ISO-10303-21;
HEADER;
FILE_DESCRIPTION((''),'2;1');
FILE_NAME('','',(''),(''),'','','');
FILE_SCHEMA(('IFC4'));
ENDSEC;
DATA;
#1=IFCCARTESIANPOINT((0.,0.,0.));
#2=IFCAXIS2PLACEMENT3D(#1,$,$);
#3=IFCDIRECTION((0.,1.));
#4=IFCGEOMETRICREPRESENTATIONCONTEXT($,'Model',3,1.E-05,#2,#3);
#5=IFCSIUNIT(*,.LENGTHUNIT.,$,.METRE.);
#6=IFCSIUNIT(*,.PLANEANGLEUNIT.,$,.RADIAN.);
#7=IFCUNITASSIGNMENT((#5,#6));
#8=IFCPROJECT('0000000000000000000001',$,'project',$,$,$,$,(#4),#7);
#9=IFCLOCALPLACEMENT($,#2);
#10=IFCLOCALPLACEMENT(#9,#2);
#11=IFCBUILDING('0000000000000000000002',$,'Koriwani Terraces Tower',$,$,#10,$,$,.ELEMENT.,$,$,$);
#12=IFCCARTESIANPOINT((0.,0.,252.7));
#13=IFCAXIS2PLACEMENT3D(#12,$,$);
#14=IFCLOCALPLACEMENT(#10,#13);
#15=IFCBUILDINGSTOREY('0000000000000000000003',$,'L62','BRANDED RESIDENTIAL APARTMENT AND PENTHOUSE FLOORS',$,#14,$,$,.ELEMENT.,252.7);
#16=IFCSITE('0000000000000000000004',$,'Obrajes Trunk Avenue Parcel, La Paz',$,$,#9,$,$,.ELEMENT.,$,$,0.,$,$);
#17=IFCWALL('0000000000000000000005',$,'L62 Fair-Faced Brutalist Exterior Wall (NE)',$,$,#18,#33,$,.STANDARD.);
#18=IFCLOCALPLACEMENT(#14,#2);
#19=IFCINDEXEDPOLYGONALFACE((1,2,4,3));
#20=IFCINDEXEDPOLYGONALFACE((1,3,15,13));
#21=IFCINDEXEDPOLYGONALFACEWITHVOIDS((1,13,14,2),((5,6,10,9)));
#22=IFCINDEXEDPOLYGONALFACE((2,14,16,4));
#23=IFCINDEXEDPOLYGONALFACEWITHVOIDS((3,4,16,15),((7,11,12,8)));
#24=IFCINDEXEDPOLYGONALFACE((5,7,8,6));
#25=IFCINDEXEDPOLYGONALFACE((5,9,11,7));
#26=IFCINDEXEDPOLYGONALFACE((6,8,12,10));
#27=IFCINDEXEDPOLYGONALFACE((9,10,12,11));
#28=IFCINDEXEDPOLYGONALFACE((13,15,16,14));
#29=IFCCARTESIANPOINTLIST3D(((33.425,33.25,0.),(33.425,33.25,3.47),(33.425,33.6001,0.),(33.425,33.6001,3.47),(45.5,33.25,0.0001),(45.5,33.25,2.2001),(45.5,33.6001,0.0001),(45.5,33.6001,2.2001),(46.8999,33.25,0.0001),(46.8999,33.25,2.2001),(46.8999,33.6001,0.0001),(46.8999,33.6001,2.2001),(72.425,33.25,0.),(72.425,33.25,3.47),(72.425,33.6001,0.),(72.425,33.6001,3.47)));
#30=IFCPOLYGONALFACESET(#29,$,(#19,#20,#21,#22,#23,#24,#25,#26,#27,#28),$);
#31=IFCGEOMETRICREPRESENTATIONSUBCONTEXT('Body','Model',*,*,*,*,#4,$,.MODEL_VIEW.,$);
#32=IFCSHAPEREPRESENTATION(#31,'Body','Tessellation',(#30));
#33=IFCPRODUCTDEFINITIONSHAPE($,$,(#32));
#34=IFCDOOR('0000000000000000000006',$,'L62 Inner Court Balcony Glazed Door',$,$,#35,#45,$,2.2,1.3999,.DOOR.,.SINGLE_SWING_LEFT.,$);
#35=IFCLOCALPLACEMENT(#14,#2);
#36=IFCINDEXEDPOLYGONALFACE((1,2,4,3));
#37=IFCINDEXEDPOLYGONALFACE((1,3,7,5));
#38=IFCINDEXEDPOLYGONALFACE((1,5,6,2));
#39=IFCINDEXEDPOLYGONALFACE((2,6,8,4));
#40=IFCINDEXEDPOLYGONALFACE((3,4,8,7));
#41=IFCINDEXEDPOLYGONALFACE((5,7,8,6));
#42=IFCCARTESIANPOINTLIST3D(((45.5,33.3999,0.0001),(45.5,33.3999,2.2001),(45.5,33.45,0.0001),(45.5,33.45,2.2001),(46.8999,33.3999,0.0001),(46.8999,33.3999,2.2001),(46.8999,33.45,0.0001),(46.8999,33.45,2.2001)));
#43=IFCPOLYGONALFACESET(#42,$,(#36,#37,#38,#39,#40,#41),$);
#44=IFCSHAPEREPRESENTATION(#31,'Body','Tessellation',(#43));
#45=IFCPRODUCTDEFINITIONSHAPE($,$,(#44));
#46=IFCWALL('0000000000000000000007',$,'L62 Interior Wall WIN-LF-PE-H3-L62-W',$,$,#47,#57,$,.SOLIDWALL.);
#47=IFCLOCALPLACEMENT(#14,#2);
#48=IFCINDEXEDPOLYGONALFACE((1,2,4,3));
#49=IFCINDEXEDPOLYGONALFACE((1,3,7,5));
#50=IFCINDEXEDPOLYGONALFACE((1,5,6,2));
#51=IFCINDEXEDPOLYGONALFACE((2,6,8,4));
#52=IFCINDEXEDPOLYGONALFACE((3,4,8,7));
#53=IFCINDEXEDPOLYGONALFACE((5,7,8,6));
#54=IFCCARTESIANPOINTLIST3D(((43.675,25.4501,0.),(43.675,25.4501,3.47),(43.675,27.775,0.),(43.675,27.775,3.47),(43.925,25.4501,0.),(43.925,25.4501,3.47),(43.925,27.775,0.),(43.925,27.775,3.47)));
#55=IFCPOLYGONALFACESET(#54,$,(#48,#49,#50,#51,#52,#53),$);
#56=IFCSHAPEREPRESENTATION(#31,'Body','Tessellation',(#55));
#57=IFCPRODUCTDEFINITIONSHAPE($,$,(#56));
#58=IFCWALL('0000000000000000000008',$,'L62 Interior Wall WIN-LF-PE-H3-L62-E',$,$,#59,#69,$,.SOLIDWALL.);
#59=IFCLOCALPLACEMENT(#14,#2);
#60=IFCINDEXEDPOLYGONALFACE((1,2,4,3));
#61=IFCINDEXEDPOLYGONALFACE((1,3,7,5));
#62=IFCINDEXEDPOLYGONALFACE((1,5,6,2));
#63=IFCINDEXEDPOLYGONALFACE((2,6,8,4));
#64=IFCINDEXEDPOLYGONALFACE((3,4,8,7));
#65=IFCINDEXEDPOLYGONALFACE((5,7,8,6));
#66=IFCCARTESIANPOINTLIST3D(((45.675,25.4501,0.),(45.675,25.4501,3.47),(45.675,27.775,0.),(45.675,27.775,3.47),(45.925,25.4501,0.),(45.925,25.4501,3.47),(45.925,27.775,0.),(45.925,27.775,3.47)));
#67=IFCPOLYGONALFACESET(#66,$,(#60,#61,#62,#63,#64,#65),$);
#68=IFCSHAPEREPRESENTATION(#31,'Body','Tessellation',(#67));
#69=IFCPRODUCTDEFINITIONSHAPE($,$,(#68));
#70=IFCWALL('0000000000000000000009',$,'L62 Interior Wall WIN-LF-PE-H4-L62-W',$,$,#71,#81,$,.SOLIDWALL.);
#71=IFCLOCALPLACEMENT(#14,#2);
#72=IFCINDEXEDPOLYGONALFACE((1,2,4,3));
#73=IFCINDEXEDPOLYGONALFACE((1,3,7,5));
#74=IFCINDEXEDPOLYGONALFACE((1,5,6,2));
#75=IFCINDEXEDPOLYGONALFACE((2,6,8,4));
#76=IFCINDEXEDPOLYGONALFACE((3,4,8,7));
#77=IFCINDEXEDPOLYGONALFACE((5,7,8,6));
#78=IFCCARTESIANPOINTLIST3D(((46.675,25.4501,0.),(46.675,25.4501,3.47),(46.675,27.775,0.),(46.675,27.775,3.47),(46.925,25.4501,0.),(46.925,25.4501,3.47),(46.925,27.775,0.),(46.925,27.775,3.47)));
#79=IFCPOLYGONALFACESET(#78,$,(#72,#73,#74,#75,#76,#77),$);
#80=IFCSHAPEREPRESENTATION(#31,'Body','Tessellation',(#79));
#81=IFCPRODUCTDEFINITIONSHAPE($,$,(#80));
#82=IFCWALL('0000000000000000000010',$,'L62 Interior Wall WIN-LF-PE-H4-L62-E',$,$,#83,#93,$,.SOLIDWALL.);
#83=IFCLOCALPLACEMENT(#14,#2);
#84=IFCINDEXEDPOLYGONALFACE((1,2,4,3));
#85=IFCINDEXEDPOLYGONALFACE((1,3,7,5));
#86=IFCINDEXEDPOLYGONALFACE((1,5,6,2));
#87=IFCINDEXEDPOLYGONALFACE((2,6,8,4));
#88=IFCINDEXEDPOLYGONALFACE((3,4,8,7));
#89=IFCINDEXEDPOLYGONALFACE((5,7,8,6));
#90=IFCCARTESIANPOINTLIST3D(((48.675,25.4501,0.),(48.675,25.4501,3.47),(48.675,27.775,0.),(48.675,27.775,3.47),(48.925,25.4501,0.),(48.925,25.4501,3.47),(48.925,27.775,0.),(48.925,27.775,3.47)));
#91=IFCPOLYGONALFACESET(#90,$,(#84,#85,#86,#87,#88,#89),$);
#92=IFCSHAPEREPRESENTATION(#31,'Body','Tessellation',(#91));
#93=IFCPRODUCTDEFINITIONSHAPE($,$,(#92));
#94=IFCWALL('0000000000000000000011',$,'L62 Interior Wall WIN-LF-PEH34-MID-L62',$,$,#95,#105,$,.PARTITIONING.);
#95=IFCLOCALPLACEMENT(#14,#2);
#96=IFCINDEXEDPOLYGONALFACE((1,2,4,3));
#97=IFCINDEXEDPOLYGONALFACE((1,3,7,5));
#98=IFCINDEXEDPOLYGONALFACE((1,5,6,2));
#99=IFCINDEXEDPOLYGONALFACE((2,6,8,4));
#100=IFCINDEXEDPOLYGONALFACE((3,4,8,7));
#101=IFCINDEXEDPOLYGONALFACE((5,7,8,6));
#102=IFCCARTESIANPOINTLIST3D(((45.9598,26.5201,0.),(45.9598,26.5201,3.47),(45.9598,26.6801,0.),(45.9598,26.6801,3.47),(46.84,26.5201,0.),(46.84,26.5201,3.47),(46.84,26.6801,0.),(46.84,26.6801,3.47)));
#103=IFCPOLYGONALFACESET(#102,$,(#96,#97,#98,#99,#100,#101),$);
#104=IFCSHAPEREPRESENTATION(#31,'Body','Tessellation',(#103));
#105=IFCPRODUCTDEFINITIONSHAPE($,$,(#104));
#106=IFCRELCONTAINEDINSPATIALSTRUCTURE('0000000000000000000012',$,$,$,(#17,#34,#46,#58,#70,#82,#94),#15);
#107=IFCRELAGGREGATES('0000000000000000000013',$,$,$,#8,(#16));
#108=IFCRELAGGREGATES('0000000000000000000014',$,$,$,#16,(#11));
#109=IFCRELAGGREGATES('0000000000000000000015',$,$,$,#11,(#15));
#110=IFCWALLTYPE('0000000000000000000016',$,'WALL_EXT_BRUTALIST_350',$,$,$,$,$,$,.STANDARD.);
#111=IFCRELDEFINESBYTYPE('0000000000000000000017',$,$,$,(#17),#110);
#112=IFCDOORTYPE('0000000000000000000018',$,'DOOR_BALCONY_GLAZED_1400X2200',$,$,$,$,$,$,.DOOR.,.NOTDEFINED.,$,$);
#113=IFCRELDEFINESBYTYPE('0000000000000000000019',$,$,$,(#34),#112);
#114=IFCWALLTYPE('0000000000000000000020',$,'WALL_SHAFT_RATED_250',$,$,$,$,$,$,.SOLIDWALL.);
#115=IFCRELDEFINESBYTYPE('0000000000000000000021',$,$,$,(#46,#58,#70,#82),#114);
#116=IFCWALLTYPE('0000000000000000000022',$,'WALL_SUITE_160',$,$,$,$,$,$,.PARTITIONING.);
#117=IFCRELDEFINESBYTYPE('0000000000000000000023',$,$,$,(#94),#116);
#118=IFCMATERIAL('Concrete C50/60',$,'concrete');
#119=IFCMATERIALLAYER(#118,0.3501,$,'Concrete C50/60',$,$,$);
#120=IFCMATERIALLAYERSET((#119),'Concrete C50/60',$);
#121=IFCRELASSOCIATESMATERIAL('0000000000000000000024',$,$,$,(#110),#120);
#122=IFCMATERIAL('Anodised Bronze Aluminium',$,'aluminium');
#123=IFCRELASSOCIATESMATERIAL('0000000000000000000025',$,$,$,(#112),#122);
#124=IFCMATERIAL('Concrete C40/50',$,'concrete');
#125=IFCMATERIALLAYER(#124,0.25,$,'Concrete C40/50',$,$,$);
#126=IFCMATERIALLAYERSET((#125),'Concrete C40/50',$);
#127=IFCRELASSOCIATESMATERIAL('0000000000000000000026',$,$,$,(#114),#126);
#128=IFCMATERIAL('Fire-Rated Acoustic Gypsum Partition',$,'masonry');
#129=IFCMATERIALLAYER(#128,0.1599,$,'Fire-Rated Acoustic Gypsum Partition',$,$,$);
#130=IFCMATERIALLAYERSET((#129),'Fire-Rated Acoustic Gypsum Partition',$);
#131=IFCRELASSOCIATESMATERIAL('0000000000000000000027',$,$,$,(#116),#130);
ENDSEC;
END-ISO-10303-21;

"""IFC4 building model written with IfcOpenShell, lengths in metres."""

from ifc_helpers import new_model, si_unit, direction, frame, frame_2d, origin, place, context, subcontext, project, spatial, rectangle, extrude, material, layer, layer_set, type_object, element, fill, save


model = new_model("IFC4")

# Units and contexts
model_context = context("Model", 3, precision=1e-05, world=origin(), true_north=direction((0.0, 1.0)))
body_context = subcontext(model_context, "Body", "Model", "MODEL_VIEW")
ifc_project = project(units=[si_unit("LENGTHUNIT", "METRE"), si_unit("PLANEANGLEUNIT", "RADIAN")], contexts=[model_context])

# Site, building, storey
site_placement = place(None, origin())
site = spatial("IfcSite", under=ifc_project, at=site_placement, Name="Obrajes Trunk Avenue Parcel, La Paz", CompositionType="ELEMENT", RefElevation=0.0)
building_placement = place(site_placement, origin())
building = spatial("IfcBuilding", under=site, at=building_placement, Name="Koriwani Terraces Tower", CompositionType="ELEMENT")
storey_placement = place(building_placement, frame((0.0, 0.0, 252.7)))
storey = spatial("IfcBuildingStorey", under=building, at=storey_placement, Name="L62", Description="BRANDED RESIDENTIAL APARTMENT AND PENTHOUSE FLOORS", CompositionType="ELEMENT", Elevation=252.7)

# Shared definitions
ifc_material_1 = material(Name="Concrete C50/60", Category="concrete")

# Shared definitions
ifc_material_2 = material(Name="Concrete C40/50", Category="concrete")

# Wall, opening, door
ifc_layer_1 = layer(ifc_material_1, 0.3501, Name="Concrete C50/60")
ifc_layer_set_1 = layer_set([ifc_layer_1], Name="Concrete C50/60")
wall_type_1 = type_object("IfcWallType", Name="WALL_EXT_BRUTALIST_350", PredefinedType="STANDARD", material=ifc_layer_set_1)
wall_1_placement = place(storey_placement, frame((33.425, 33.425, 0.0), z_axis=(0.0, 0.0, 1.0), x_axis=(1.0, 0.0, 0.0)))
wall_1 = element("IfcWall", 1, at=wall_1_placement, inside=storey, type_object=wall_type_1, Name="L62 Fair-Faced Brutalist Exterior Wall (NE)", PredefinedType="STANDARD", context=body_context, shape_type="SweptSolid", body=[
    extrude(rectangle(XDim=39.0, YDim=0.3501, at=frame_2d((19.5, 0.0))), origin(), (0.0, 0.0, 1.0), 3.47),
])
opening_1_placement = place(wall_1_placement, frame((12.075, 0.0, 0.0)))
opening_1 = element("IfcOpeningElement", 2, at=opening_1_placement, cuts=wall_1, PredefinedType="OPENING", context=body_context, shape_type="SweptSolid", body=[
    extrude(rectangle(XDim=1.3999, YDim=2.2, at=frame_2d((0.7, 1.1001))), frame((0.0, 0.1851, 0.0), z_axis=(0.0, -1.0, 0.0), x_axis=(1.0, 0.0, 0.0)), (0.0, 0.0, 1.0), 0.3701),
])
ifc_material_3 = material(Name="Anodised Bronze Aluminium", Category="aluminium")
door_type_1 = type_object("IfcDoorType", Name="DOOR_BALCONY_GLAZED_1400X2200", OperationType="NOTDEFINED", PredefinedType="DOOR", material=ifc_material_3)
door_1_placement = place(opening_1_placement, origin())
door_1 = element("IfcDoor", 3, at=door_1_placement, inside=storey, type_object=door_type_1, Name="L62 Inner Court Balcony Glazed Door", OperationType="SINGLE_SWING_LEFT", OverallHeight=2.2, OverallWidth=1.3999, PredefinedType="DOOR", context=body_context, shape_type="SweptSolid", body=[
    extrude(rectangle(XDim=1.3999, YDim=2.2, at=frame_2d((0.7, 1.1001))), frame((0.0, 0.0249, 0.0), z_axis=(0.0, -1.0, 0.0), x_axis=(1.0, 0.0, 0.0)), (0.0, 0.0, 1.0), 0.05),
])
fill(opening_1, door_1)
ifc_layer_2 = layer(ifc_material_2, 0.25, Name="Concrete C40/50")
ifc_layer_set_2 = layer_set([ifc_layer_2], Name="Concrete C40/50")
wall_type_2 = type_object("IfcWallType", Name="WALL_SHAFT_RATED_250", PredefinedType="SOLIDWALL", material=ifc_layer_set_2)

# Walls
for number, where, z_axis, x_axis, name in (
    (4, (43.8, 25.45, 0.0), (0.0, 0.0, 1.0), (0.0, 1.0, 0.0), "L62 Interior Wall WIN-LF-PE-H3-L62-W"),
    (5, (45.8, 25.45, 0.0), (0.0, 0.0, 1.0), (0.0, 1.0, 0.0), "L62 Interior Wall WIN-LF-PE-H3-L62-E"),
):
    element("IfcWall", number, at=place(storey_placement, frame(where, z_axis=z_axis, x_axis=x_axis)), inside=storey, type_object=wall_type_2, Name=name, PredefinedType="SOLIDWALL", context=body_context, shape_type="SweptSolid", body=[
        extrude(rectangle(XDim=2.325, YDim=0.25, at=frame_2d((1.1626, 0.0))), origin(), (0.0, 0.0, 1.0), 3.47),
    ])

# Walls
for number, where, z_axis, x_axis, name in (
    (6, (46.8, 25.45, 0.0), (0.0, 0.0, 1.0), (0.0, 1.0, 0.0), "L62 Interior Wall WIN-LF-PE-H4-L62-W"),
    (7, (48.8, 25.45, 0.0), (0.0, 0.0, 1.0), (0.0, 1.0, 0.0), "L62 Interior Wall WIN-LF-PE-H4-L62-E"),
):
    element("IfcWall", number, at=place(storey_placement, frame(where, z_axis=z_axis, x_axis=x_axis)), inside=storey, type_object=wall_type_2, Name=name, PredefinedType="SOLIDWALL", context=body_context, shape_type="SweptSolid", body=[
        extrude(rectangle(XDim=2.325, YDim=0.25, at=frame_2d((1.1626, 0.0))), origin(), (0.0, 0.0, 1.0), 3.47),
    ])
ifc_material_4 = material(Name="Fire-Rated Acoustic Gypsum Partition", Category="masonry")
ifc_layer_3 = layer(ifc_material_4, 0.1599, Name="Fire-Rated Acoustic Gypsum Partition")
ifc_layer_set_3 = layer_set([ifc_layer_3], Name="Fire-Rated Acoustic Gypsum Partition")
wall_type_3 = type_object("IfcWallType", Name="WALL_SUITE_160", PredefinedType="PARTITIONING", material=ifc_layer_set_3)
wall_2_placement = place(storey_placement, frame((45.96, 26.6001, 0.0), z_axis=(0.0, 0.0, 1.0), x_axis=(1.0, 0.0, 0.0)))
element("IfcWall", 8, at=wall_2_placement, inside=storey, type_object=wall_type_3, Name="L62 Interior Wall WIN-LF-PEH34-MID-L62", PredefinedType="PARTITIONING", context=body_context, shape_type="SweptSolid", body=[
    extrude(rectangle(XDim=0.8801, YDim=0.1599, at=frame_2d((0.4399, 0.0))), origin(), (0.0, 0.0, 1.0), 3.47),
])

save(model, "model.ifc")
